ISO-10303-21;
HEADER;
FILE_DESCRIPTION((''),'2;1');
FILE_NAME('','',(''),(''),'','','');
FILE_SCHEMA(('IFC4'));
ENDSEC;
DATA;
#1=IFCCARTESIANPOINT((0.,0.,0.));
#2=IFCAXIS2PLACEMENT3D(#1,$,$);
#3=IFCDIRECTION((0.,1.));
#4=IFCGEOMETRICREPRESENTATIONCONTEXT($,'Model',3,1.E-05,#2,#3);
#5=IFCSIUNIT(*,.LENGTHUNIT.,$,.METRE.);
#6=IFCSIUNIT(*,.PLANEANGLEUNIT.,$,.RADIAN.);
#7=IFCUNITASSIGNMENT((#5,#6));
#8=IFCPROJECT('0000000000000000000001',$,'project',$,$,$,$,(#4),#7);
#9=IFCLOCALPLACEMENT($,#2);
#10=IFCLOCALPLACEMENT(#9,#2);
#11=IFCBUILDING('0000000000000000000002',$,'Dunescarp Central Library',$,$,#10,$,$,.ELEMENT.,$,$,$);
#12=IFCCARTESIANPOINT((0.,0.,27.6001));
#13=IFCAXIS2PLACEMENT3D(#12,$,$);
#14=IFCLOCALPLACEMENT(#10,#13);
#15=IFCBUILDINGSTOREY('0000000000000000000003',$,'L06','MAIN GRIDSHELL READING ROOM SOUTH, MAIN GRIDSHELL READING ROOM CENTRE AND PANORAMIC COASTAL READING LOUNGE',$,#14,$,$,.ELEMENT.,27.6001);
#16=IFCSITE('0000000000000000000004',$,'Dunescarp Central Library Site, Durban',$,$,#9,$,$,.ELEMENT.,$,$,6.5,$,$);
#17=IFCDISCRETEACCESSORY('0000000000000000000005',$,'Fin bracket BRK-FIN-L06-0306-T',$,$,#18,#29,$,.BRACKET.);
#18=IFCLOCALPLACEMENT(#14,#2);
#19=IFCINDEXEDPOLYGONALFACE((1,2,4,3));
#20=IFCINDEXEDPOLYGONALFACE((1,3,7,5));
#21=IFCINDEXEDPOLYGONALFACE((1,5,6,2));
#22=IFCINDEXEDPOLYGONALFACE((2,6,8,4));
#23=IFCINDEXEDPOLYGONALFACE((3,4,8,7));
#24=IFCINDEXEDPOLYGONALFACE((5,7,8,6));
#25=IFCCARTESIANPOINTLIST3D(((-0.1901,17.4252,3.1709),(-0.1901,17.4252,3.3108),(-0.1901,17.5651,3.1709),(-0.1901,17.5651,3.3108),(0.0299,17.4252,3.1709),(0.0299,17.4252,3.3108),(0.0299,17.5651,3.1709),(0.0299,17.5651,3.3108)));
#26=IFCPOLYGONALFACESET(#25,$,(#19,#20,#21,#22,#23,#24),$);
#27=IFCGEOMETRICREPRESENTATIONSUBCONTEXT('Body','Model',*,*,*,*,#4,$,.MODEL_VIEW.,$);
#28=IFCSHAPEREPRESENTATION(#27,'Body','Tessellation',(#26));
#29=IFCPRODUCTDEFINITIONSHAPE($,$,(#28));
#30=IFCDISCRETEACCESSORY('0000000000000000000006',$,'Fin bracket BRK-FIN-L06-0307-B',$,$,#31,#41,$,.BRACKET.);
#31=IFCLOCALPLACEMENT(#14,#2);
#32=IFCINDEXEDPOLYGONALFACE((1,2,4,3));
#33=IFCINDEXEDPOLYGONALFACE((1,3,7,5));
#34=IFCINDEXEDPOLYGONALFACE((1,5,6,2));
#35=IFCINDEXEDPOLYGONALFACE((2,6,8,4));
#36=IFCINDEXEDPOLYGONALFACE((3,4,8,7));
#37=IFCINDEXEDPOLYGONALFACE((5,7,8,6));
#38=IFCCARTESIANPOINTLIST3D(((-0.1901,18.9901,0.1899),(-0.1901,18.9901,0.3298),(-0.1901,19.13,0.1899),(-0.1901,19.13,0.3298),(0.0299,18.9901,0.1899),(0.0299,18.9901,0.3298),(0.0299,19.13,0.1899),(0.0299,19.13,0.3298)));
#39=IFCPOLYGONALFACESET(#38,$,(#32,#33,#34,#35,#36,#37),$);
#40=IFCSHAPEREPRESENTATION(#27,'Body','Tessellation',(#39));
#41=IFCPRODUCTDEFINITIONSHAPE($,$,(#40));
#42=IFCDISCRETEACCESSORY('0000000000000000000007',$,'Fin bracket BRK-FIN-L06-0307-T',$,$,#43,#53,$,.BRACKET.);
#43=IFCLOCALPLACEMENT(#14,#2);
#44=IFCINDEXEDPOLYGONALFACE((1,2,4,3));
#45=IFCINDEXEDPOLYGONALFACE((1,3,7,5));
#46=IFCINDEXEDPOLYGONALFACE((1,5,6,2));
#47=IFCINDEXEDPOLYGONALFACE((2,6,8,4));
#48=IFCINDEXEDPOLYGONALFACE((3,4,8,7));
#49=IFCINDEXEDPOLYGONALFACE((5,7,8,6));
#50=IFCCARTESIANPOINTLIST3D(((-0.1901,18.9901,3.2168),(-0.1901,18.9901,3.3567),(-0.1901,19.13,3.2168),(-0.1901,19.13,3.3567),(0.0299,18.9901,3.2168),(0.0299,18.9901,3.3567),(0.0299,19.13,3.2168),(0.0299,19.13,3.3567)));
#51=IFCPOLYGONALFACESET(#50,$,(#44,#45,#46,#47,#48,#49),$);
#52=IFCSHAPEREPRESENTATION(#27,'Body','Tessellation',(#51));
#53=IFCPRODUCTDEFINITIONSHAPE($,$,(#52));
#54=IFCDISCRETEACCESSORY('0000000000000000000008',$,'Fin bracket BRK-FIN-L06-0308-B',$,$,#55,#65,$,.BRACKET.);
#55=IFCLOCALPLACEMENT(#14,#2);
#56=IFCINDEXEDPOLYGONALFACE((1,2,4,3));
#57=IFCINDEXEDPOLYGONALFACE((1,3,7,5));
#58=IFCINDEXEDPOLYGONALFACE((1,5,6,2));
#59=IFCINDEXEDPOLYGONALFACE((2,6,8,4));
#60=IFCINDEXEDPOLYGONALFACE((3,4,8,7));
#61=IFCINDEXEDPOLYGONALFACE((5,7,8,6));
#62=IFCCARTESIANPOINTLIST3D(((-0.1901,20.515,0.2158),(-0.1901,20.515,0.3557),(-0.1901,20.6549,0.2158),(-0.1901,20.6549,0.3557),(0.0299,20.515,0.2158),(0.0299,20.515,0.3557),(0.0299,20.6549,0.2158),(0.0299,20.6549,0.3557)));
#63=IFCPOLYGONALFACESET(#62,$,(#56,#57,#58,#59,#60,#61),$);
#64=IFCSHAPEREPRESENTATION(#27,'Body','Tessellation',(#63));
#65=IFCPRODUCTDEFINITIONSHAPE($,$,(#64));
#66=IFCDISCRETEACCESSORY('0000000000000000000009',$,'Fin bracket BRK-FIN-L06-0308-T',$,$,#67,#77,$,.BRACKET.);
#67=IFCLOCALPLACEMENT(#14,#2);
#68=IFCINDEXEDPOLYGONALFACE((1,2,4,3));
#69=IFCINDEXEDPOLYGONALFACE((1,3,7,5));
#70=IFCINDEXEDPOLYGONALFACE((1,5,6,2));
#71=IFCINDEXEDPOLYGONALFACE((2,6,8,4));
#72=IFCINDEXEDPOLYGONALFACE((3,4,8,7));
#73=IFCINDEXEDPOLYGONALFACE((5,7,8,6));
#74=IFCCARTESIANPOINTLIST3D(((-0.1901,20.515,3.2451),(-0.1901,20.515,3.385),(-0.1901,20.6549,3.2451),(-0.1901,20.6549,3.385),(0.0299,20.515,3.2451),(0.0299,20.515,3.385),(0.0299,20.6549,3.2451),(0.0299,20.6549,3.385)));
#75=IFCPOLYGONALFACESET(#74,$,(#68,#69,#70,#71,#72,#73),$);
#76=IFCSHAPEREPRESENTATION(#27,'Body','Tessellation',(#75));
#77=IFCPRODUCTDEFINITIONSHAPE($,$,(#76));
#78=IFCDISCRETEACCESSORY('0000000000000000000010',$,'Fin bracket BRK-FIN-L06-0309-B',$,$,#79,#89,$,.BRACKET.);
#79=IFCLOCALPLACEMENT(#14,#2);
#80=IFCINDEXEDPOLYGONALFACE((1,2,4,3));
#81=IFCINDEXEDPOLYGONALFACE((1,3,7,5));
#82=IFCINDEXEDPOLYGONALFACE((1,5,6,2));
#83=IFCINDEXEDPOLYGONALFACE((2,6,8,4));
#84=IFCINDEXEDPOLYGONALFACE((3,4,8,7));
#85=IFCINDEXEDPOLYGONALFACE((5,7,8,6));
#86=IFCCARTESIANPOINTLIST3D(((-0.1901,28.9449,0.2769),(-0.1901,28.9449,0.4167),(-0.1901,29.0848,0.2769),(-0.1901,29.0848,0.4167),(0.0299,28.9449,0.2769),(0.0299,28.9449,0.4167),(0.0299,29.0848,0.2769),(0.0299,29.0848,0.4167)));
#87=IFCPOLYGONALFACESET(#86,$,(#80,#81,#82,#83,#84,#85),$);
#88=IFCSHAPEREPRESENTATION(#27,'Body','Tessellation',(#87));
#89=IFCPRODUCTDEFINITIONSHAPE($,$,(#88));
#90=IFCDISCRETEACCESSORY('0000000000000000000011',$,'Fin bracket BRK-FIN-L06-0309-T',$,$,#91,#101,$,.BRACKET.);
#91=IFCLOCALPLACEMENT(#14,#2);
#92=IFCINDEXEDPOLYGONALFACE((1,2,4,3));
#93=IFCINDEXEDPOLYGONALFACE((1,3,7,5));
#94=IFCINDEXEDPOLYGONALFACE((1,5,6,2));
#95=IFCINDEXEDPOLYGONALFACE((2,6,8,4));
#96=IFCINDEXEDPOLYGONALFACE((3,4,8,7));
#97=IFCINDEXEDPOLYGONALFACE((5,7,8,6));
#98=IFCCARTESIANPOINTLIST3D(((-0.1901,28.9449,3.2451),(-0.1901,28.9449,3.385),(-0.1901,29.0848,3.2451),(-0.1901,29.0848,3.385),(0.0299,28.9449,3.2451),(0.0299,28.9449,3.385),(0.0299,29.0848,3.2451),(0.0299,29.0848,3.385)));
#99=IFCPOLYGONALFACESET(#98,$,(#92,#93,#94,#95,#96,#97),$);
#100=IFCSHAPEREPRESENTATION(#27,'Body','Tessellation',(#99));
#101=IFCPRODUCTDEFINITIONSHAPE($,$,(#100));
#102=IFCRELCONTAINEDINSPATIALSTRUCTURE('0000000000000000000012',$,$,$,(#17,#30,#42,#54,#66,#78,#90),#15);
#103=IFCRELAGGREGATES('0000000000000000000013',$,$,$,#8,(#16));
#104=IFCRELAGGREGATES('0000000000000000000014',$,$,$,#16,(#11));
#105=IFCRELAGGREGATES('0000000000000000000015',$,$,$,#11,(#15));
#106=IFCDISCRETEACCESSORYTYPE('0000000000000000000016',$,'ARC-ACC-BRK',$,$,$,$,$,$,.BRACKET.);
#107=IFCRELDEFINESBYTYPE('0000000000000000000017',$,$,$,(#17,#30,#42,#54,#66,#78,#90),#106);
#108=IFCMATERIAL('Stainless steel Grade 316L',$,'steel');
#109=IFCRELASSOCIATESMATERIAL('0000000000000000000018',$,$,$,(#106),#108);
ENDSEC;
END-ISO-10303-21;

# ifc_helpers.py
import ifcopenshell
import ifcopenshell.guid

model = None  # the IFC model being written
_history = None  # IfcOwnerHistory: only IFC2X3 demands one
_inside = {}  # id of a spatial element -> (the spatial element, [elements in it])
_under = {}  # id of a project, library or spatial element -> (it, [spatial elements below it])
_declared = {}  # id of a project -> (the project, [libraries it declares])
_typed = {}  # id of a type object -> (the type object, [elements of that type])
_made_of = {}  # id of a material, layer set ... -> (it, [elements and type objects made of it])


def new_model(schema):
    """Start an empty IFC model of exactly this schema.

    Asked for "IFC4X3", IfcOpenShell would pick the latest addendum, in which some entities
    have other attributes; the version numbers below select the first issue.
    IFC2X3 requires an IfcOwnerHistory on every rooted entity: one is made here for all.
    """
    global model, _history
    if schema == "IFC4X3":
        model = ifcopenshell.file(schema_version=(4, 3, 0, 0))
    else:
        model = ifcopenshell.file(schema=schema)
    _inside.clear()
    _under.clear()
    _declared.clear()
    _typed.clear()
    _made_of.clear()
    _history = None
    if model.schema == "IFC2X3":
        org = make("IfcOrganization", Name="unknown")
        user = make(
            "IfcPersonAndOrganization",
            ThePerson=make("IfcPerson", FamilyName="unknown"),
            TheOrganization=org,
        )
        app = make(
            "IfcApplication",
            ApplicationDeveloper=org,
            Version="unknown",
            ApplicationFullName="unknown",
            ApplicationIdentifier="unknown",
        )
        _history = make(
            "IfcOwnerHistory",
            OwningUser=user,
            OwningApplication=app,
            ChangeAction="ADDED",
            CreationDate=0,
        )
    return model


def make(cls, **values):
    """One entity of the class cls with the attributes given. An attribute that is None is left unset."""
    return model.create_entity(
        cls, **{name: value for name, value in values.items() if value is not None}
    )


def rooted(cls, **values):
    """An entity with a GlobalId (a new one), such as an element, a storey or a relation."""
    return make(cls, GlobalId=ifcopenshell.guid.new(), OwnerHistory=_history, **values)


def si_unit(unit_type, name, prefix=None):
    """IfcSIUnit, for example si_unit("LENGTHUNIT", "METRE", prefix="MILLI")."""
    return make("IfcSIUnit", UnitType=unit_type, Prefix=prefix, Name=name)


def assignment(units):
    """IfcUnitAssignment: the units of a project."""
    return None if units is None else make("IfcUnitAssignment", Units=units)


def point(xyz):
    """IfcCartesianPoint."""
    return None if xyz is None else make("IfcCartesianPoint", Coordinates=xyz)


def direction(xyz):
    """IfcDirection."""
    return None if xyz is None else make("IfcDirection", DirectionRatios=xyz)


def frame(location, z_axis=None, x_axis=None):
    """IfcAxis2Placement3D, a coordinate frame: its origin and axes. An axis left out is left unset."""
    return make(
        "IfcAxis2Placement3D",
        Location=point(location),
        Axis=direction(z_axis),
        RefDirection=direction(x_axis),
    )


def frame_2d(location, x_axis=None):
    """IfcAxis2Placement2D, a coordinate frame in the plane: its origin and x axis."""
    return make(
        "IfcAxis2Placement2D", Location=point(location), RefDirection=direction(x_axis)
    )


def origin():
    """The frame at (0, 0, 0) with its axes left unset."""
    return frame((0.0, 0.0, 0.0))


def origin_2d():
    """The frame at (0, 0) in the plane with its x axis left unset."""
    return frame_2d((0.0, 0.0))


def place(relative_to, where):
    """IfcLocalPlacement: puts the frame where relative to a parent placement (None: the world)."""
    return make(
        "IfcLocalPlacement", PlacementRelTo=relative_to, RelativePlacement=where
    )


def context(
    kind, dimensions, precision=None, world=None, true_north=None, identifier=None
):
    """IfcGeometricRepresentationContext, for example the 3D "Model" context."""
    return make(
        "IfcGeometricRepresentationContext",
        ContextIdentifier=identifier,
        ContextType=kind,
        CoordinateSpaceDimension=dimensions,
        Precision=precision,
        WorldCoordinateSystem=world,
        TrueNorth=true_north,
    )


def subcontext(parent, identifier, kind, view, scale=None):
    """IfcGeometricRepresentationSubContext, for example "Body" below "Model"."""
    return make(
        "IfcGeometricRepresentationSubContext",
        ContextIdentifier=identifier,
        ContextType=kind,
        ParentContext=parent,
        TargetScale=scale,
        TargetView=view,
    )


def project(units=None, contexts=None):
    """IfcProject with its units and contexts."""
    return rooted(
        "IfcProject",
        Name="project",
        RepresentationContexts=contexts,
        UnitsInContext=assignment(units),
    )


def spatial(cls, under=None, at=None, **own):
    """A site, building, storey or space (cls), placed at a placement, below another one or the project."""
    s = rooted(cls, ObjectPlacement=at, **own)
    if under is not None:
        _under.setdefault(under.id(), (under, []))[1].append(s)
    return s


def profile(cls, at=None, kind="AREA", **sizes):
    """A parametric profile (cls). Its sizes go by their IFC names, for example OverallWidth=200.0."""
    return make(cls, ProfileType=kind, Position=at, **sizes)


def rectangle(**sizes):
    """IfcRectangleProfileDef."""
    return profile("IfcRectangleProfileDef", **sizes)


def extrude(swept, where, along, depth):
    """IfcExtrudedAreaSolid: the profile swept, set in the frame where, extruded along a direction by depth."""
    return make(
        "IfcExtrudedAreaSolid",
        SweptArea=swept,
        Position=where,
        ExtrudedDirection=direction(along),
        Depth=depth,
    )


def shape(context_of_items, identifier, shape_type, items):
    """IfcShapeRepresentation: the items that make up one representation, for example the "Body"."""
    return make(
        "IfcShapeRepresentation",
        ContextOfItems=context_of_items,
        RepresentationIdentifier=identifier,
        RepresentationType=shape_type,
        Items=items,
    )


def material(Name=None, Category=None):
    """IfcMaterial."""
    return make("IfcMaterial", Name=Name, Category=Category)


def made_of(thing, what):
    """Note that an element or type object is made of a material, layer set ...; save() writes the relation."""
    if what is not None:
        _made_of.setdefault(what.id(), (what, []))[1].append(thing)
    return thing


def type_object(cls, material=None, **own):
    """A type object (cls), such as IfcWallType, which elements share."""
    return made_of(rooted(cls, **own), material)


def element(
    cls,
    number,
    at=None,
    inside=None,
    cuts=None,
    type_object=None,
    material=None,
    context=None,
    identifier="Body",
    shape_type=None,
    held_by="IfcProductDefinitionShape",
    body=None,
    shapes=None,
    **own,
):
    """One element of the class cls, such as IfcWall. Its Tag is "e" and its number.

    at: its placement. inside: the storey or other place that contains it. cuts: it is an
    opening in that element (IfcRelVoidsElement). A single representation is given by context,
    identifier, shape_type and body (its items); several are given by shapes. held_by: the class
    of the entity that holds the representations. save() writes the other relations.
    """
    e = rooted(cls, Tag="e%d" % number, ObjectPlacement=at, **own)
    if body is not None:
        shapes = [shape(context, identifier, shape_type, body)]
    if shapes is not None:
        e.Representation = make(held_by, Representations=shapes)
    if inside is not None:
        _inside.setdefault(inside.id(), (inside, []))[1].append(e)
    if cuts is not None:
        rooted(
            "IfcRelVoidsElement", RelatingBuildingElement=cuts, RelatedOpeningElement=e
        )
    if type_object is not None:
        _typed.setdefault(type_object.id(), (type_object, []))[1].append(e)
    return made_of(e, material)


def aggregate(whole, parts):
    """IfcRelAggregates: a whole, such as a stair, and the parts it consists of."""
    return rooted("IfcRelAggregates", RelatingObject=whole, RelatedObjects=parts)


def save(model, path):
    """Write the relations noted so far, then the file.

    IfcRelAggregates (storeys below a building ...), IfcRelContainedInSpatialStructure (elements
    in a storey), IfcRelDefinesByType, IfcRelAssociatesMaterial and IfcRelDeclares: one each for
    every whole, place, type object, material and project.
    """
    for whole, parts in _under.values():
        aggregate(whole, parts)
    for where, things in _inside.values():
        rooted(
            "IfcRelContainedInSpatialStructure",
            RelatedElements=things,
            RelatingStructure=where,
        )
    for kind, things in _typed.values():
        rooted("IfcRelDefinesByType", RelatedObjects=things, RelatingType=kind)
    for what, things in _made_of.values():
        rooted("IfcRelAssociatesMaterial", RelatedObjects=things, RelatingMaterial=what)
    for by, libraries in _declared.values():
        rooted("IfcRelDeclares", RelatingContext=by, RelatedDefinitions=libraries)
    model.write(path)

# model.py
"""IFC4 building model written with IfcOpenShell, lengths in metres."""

from ifc_helpers import new_model, si_unit, direction, frame, origin, origin_2d, place, context, subcontext, project, spatial, rectangle, extrude, material, type_object, element, save


model = new_model("IFC4")

# Units and contexts
model_context = context("Model", 3, precision=1e-05, world=origin(), true_north=direction((0.0, 1.0)))
body_context = subcontext(model_context, "Body", "Model", "MODEL_VIEW")
ifc_project = project(units=[si_unit("LENGTHUNIT", "METRE"), si_unit("PLANEANGLEUNIT", "RADIAN")], contexts=[model_context])

# Site, building, storey
site_placement = place(None, origin())
site = spatial("IfcSite", under=ifc_project, at=site_placement, Name="Dunescarp Central Library Site, Durban", CompositionType="ELEMENT", RefElevation=6.5)
building_placement = place(site_placement, origin())
building = spatial("IfcBuilding", under=site, at=building_placement, Name="Dunescarp Central Library", CompositionType="ELEMENT")
storey_placement = place(building_placement, frame((0.0, 0.0, 27.6001)))
storey = spatial("IfcBuildingStorey", under=building, at=storey_placement, Name="L06", Description="MAIN GRIDSHELL READING ROOM SOUTH, MAIN GRIDSHELL READING ROOM CENTRE AND PANORAMIC COASTAL READING LOUNGE", CompositionType="ELEMENT", Elevation=27.6001)

# Discrete accessories
ifc_material_1 = material(Name="Stainless steel Grade 316L", Category="steel")
discrete_accessory_type = type_object("IfcDiscreteAccessoryType", Name="ARC-ACC-BRK", PredefinedType="BRACKET", material=ifc_material_1)
for number, where, z_axis, x_axis, name in (
    (1, (-0.0801, 17.4951, 3.1709), (0.0, 0.0, 1.0), (-1.0, 0.0, 0.0), "Fin bracket BRK-FIN-L06-0306-T"),
    (2, (-0.0801, 19.0601, 0.1899), (0.0, 0.0, 1.0), (-1.0, 0.0, 0.0), "Fin bracket BRK-FIN-L06-0307-B"),
    (3, (-0.0801, 19.0601, 3.2168), (0.0, 0.0, 1.0), (-1.0, 0.0, 0.0), "Fin bracket BRK-FIN-L06-0307-T"),
    (4, (-0.0801, 20.585, 0.2158), (0.0, 0.0, 1.0), (-1.0, 0.0, 0.0), "Fin bracket BRK-FIN-L06-0308-B"),
    (5, (-0.0801, 20.585, 3.2451), (0.0, 0.0, 1.0), (-1.0, 0.0, 0.0), "Fin bracket BRK-FIN-L06-0308-T"),
    (6, (-0.0801, 29.0149, 0.2769), (0.0, 0.0, 1.0), (-1.0, 0.0, 0.0), "Fin bracket BRK-FIN-L06-0309-B"),
    (7, (-0.0801, 29.0149, 3.2451), (0.0, 0.0, 1.0), (-1.0, 0.0, 0.0), "Fin bracket BRK-FIN-L06-0309-T"),
):
    element("IfcDiscreteAccessory", number, at=place(storey_placement, frame(where, z_axis=z_axis, x_axis=x_axis)), inside=storey, type_object=discrete_accessory_type, Name=name, PredefinedType="BRACKET", context=body_context, shape_type="SweptSolid", body=[
        extrude(rectangle(XDim=0.22, YDim=0.1399, at=origin_2d()), origin(), (0.0, 0.0, 1.0), 0.1399),
    ])

save(model, "model.ifc")
